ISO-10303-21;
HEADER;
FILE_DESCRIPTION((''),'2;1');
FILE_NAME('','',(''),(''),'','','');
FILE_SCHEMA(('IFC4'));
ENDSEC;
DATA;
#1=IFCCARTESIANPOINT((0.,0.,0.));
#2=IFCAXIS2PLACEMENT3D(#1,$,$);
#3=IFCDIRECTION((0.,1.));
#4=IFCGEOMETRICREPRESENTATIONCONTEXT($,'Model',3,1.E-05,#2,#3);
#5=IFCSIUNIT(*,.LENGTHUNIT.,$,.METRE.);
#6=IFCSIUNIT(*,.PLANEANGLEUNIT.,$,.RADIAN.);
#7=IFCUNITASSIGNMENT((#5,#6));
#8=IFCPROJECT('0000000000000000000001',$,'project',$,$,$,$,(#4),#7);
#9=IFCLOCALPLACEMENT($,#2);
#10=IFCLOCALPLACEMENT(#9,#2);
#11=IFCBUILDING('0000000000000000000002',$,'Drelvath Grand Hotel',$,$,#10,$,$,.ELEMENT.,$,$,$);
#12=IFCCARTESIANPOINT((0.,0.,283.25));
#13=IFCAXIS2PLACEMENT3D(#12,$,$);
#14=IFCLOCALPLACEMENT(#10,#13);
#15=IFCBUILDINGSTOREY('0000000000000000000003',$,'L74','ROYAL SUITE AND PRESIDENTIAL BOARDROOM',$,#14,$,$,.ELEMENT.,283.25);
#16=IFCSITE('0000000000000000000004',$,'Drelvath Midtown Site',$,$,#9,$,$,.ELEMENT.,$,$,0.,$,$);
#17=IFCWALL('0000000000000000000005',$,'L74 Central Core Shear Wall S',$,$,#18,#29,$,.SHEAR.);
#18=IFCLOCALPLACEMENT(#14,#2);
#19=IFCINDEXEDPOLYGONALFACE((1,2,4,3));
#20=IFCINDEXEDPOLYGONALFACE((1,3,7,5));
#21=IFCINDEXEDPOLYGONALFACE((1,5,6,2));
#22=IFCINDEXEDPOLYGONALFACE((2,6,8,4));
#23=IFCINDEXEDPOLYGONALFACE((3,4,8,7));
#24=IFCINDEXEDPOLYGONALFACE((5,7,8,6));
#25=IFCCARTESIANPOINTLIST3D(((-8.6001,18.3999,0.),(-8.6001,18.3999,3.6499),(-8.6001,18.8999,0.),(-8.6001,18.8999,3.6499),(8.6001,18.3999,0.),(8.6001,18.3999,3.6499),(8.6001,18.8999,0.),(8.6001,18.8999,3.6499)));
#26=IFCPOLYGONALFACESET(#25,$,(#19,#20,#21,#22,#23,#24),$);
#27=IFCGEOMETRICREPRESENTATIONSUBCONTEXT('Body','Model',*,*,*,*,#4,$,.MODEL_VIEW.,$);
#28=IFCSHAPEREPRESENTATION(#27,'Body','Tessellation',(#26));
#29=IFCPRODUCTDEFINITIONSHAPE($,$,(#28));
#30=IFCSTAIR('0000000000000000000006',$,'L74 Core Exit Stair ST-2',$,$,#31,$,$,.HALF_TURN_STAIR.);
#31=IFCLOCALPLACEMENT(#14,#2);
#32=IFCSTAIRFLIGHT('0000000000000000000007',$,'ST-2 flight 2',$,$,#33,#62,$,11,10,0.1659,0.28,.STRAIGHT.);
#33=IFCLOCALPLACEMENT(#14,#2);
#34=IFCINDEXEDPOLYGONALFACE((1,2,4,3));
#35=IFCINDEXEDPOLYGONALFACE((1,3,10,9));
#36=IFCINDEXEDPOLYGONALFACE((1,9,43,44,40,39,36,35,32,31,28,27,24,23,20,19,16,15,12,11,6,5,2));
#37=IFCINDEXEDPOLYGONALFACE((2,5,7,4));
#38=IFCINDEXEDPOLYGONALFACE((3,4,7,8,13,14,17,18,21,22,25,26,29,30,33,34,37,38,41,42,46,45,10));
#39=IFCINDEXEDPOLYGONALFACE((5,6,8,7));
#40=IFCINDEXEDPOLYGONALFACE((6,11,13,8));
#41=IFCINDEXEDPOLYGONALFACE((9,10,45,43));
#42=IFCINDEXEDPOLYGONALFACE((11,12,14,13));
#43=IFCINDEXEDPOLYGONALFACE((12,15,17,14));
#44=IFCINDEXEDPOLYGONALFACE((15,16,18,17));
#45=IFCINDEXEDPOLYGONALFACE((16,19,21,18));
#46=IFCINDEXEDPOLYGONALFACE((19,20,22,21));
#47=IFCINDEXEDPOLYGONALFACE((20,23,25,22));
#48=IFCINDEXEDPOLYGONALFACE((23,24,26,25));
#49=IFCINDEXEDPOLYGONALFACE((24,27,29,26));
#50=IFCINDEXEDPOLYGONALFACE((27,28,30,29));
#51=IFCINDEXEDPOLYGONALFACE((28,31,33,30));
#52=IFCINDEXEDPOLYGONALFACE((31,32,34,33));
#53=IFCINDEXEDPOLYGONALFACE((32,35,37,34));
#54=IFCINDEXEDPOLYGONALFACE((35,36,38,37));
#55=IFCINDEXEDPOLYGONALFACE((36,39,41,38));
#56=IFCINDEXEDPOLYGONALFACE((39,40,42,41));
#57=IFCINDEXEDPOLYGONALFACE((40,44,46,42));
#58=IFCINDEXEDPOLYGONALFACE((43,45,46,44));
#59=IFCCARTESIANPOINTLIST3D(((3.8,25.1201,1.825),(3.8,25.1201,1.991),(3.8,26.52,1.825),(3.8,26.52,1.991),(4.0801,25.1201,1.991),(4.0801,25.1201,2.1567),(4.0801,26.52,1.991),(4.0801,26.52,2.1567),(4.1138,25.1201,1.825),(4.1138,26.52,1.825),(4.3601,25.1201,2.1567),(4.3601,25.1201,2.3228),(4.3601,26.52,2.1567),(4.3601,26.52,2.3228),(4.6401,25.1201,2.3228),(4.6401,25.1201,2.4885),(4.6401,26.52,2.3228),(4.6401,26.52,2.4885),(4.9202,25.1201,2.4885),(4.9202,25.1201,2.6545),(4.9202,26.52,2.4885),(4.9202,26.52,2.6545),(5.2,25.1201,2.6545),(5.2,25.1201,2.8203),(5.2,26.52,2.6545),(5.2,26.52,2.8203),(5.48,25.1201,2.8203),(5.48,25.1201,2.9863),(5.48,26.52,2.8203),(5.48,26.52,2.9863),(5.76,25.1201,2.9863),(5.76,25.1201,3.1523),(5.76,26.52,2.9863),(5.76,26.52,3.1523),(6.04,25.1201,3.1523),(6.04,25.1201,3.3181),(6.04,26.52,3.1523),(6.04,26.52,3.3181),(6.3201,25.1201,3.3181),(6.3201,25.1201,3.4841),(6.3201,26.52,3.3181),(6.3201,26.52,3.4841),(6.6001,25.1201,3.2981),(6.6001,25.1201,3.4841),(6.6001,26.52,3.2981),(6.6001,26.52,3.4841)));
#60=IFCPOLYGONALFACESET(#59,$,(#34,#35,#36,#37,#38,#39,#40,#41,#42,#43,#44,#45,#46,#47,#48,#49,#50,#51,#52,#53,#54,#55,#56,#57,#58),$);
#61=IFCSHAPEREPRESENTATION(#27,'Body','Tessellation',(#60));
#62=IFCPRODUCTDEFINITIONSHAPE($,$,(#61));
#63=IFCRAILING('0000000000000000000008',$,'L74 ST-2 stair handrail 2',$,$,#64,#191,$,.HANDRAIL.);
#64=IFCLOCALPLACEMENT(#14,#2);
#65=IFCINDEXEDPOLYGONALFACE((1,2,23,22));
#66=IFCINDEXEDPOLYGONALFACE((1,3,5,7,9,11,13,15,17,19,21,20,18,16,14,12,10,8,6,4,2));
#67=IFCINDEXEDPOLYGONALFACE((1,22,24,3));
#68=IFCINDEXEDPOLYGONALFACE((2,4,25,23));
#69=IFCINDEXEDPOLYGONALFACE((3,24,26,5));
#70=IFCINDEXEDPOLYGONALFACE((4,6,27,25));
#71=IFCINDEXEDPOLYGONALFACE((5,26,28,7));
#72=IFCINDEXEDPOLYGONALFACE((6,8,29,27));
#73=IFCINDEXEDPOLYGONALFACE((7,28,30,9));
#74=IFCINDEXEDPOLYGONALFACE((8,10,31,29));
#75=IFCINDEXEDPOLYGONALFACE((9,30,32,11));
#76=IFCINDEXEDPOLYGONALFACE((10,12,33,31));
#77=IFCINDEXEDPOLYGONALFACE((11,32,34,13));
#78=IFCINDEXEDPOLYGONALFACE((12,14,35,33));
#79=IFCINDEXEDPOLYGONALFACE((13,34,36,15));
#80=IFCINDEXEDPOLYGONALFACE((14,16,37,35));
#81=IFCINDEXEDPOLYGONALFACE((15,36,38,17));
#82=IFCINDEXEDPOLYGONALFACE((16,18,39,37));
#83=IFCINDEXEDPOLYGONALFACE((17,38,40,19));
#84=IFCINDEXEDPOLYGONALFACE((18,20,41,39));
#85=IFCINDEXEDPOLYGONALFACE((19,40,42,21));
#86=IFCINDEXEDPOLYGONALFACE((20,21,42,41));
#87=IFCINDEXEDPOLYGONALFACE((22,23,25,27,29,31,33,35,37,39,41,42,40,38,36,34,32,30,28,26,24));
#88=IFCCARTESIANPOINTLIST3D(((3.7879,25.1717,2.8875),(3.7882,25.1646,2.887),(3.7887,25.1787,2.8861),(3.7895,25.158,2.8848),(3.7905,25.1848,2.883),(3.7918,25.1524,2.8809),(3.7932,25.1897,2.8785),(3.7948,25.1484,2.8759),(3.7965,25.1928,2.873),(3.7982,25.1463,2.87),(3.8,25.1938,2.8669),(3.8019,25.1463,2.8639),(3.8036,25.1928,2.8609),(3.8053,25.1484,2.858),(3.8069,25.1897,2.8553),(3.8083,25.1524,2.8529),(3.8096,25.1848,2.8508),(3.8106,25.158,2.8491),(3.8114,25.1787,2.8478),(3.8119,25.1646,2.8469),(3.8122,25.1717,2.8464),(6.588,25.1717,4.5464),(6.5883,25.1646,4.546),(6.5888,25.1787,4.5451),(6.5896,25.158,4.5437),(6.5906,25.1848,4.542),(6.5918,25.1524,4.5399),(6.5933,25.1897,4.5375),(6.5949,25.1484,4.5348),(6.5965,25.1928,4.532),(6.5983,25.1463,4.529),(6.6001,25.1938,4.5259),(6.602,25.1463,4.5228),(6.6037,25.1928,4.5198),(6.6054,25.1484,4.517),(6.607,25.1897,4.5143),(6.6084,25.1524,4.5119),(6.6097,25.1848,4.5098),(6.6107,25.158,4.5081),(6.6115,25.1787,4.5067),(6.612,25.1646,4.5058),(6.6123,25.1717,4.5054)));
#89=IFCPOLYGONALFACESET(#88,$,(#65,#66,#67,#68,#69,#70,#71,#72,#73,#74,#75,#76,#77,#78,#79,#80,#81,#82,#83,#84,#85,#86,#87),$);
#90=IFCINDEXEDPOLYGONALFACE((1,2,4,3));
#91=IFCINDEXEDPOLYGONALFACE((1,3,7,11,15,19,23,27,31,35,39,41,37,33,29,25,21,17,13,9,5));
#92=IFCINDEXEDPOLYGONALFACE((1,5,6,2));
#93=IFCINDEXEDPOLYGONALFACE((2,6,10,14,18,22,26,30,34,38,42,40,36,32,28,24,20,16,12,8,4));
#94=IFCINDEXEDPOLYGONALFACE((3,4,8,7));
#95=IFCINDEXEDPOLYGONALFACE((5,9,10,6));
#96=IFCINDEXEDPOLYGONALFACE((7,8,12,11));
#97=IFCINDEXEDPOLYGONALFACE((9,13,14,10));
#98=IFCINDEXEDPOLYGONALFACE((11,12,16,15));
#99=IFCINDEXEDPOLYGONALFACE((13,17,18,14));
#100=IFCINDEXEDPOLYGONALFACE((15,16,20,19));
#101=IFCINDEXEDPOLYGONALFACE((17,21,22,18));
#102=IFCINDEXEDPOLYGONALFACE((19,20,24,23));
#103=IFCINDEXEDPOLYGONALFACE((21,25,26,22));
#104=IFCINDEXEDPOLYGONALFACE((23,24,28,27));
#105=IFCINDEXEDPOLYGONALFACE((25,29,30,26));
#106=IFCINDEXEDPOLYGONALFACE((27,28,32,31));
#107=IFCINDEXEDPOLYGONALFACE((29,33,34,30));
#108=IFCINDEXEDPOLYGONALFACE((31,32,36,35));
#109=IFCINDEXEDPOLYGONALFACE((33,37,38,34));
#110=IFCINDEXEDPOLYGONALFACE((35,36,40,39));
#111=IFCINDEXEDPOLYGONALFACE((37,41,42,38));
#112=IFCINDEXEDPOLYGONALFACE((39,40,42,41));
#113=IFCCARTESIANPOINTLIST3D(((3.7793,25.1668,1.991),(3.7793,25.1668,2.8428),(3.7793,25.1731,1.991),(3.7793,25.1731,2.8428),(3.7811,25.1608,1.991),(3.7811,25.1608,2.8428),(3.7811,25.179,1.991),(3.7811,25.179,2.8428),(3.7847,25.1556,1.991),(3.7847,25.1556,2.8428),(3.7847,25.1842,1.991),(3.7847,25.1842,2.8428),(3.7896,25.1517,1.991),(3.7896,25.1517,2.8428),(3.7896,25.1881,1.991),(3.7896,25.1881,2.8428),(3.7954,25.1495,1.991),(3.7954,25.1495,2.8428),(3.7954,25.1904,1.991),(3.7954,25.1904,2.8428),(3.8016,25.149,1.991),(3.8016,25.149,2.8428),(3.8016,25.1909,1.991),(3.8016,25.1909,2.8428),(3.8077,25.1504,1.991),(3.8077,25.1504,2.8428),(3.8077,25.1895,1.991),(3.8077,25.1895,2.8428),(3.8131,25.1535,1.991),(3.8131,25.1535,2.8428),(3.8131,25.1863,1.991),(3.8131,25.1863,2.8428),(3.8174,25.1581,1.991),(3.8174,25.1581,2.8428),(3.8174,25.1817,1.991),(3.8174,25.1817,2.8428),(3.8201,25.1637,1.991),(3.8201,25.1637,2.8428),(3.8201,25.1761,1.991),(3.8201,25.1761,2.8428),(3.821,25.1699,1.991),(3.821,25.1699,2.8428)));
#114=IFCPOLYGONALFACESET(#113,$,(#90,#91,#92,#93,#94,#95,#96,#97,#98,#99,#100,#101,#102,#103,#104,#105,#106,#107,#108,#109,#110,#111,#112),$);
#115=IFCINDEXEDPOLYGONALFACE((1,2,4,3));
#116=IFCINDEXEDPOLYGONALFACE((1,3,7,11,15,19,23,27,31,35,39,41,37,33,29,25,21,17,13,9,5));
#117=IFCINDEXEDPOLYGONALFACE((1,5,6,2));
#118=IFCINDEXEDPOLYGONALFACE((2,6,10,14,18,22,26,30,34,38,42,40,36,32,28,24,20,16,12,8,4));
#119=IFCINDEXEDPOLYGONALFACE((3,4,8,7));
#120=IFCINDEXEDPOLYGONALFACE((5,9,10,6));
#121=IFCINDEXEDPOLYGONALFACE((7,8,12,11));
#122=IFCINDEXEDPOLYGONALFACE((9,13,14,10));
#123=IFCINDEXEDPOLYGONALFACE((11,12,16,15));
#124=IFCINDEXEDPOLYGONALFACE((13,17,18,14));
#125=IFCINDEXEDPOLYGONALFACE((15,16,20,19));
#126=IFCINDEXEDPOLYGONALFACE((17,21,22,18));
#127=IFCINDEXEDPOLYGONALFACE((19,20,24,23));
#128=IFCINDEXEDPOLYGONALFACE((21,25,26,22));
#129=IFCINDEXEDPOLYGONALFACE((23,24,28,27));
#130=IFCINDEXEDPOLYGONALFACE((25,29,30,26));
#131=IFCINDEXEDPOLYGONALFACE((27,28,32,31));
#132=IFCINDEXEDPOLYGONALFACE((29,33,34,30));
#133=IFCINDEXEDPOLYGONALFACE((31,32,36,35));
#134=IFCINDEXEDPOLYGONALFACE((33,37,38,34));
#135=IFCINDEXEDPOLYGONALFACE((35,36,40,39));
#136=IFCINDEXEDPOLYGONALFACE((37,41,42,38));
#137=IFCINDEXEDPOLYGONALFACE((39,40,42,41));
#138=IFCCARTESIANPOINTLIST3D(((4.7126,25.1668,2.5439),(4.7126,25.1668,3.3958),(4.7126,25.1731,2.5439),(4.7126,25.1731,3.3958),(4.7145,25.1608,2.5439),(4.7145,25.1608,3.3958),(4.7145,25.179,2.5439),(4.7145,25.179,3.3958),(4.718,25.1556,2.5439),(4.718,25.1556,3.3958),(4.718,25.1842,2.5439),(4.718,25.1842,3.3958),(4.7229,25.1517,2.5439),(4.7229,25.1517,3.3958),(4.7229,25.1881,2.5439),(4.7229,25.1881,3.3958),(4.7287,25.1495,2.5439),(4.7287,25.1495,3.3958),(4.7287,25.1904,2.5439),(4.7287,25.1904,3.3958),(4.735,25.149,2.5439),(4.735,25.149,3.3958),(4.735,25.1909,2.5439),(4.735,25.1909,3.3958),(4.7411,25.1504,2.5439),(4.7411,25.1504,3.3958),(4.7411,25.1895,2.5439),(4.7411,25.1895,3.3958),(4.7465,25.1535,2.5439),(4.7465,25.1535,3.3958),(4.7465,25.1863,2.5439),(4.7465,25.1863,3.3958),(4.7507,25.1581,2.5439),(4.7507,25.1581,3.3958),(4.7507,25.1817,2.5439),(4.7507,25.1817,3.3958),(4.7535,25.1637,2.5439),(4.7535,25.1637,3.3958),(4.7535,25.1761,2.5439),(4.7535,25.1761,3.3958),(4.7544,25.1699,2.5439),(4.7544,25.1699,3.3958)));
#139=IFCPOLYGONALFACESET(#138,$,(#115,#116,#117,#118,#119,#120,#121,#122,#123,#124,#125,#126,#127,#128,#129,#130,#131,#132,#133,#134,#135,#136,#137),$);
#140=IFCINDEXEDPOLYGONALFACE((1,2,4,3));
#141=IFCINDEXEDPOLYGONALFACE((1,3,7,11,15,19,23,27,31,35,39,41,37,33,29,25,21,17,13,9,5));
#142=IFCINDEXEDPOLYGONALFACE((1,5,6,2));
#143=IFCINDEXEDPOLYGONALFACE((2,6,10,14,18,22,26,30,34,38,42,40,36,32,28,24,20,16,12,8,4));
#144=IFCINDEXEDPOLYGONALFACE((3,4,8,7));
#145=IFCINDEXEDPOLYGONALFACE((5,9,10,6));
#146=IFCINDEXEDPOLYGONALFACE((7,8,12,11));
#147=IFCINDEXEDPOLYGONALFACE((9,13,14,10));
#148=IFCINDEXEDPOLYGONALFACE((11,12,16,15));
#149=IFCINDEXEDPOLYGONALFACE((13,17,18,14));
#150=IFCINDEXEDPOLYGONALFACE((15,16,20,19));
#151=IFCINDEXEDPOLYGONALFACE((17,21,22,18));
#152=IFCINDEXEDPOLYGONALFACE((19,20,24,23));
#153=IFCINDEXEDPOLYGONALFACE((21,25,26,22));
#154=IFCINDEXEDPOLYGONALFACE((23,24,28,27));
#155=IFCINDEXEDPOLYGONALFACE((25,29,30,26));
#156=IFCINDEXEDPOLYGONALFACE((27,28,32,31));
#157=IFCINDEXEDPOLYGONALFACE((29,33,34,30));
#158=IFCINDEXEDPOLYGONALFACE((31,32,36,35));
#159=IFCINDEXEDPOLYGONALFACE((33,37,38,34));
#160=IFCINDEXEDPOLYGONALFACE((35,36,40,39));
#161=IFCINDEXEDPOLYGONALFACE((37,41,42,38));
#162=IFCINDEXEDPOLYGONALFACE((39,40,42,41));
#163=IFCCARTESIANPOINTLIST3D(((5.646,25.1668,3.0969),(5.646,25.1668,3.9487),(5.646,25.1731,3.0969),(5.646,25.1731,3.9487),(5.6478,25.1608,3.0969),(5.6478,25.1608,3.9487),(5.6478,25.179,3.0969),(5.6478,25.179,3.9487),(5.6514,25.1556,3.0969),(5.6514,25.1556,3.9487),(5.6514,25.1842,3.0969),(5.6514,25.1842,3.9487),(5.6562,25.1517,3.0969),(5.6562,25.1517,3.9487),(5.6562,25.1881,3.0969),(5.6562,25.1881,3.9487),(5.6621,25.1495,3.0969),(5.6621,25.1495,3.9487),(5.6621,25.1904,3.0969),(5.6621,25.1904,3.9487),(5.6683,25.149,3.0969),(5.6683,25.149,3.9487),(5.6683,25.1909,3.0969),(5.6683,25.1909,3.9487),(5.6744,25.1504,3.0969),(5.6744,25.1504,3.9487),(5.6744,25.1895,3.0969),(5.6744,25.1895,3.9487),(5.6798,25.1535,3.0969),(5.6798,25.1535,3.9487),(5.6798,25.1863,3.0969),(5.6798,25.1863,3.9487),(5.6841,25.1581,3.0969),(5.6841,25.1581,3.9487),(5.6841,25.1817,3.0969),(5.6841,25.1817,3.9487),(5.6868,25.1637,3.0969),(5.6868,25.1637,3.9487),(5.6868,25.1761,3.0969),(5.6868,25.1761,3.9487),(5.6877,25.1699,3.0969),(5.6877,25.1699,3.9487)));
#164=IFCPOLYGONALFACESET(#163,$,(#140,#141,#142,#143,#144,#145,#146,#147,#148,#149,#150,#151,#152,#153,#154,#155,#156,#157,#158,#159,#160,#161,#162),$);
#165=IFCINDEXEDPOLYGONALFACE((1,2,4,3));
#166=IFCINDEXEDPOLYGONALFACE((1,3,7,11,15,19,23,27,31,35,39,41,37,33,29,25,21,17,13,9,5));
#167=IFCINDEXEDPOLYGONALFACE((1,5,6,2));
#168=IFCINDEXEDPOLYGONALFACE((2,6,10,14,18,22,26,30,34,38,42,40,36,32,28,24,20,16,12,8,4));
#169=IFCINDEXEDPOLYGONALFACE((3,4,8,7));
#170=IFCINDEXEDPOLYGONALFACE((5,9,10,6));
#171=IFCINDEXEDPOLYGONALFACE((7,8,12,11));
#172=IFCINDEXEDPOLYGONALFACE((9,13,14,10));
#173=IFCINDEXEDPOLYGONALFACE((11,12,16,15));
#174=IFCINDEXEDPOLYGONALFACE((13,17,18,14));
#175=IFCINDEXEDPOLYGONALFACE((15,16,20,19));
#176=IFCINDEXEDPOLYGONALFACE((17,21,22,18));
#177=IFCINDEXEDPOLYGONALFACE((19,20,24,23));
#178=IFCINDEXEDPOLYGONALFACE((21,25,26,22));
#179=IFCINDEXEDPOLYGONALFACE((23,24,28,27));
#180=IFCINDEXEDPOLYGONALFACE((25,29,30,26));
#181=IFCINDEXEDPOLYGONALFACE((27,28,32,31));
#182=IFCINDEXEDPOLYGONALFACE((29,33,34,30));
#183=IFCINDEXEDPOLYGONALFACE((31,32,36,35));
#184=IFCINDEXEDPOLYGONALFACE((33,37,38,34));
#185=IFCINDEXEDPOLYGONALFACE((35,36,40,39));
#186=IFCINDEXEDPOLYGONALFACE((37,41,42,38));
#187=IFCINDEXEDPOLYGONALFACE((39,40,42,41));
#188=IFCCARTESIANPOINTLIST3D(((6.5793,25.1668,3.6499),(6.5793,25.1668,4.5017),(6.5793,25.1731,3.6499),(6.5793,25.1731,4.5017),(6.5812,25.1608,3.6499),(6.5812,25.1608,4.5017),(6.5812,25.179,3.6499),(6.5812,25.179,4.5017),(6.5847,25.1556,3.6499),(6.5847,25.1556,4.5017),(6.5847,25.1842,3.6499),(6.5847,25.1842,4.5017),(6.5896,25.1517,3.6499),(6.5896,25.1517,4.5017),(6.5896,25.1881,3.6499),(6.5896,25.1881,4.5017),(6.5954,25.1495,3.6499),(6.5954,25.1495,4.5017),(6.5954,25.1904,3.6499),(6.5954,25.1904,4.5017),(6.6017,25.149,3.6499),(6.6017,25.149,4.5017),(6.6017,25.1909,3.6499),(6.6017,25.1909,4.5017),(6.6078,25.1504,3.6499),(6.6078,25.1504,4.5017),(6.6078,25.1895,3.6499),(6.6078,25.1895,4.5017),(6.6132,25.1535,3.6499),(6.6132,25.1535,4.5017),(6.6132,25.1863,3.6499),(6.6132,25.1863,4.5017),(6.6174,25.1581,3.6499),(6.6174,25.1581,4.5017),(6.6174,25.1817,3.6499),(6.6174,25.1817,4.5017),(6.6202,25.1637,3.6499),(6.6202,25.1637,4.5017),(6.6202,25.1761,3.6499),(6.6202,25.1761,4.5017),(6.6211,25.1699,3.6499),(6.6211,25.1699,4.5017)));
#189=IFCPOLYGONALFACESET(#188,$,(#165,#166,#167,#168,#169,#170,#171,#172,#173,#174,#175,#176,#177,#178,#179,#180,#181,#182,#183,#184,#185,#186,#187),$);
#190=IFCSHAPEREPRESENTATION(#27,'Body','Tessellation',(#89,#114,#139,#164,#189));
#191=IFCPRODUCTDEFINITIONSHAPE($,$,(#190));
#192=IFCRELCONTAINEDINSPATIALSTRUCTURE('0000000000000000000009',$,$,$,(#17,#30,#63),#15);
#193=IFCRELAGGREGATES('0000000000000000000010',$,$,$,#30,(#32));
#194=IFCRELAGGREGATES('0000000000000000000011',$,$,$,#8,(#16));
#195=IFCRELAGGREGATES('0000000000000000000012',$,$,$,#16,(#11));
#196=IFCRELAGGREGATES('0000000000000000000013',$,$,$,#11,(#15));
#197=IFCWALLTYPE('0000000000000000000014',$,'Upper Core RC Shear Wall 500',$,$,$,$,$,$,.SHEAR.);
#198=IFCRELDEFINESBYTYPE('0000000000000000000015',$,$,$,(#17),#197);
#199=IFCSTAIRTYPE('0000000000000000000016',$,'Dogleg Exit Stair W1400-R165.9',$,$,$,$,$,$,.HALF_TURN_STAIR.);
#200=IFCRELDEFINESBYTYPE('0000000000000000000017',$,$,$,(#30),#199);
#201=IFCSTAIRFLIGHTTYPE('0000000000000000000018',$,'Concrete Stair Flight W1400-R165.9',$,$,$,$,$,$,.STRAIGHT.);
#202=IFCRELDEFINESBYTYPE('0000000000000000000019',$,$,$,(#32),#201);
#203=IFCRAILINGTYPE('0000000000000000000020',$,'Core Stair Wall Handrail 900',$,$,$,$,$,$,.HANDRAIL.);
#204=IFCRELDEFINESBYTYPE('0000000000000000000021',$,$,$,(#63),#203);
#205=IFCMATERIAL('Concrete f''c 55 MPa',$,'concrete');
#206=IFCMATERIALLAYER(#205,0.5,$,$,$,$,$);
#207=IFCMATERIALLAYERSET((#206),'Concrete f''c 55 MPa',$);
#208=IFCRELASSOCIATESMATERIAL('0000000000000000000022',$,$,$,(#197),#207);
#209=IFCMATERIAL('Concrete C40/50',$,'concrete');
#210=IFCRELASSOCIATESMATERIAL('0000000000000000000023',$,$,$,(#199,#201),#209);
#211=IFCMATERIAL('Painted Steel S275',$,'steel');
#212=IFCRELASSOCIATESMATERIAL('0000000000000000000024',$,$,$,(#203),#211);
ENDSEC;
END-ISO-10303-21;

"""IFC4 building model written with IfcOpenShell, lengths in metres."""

from ifc_helpers import new_model, si_unit, direction, frame, frame_2d, origin, origin_2d, place, context, subcontext, project, spatial, polyline, rectangle, circle, outline, extrude, material, layer, layer_set, type_object, element, aggregate, save


model = new_model("IFC4")

# Units and contexts
model_context = context("Model", 3, precision=1e-05, world=origin(), true_north=direction((0.0, 1.0)))
body_context = subcontext(model_context, "Body", "Model", "MODEL_VIEW")
ifc_project = project(units=[si_unit("LENGTHUNIT", "METRE"), si_unit("PLANEANGLEUNIT", "RADIAN")], contexts=[model_context])

# Site, building, storey
site_placement = place(None, origin())
site = spatial("IfcSite", under=ifc_project, at=site_placement, Name="Drelvath Midtown Site", CompositionType="ELEMENT", RefElevation=0.0)
building_placement = place(site_placement, origin())
building = spatial("IfcBuilding", under=site, at=building_placement, Name="Drelvath Grand Hotel", CompositionType="ELEMENT")
storey_placement = place(building_placement, frame((0.0, 0.0, 283.25)))
storey = spatial("IfcBuildingStorey", under=building, at=storey_placement, Name="L74", Description="ROYAL SUITE AND PRESIDENTIAL BOARDROOM", CompositionType="ELEMENT", Elevation=283.25)

# Shared definitions
ifc_material_1 = material(Name="Concrete f'c 55 MPa", Category="concrete")

# Shared definitions
ifc_material_2 = material(Name="Concrete C40/50", Category="concrete")

# Wall
ifc_layer_1 = layer(ifc_material_1, 0.5)
ifc_layer_set_1 = layer_set([ifc_layer_1], Name="Concrete f'c 55 MPa")
wall_type_1 = type_object("IfcWallType", Name="Upper Core RC Shear Wall 500", PredefinedType="SHEAR", material=ifc_layer_set_1)
wall_1_placement = place(storey_placement, frame((8.6001, 18.6499, 0.0), z_axis=(0.0, 0.0, 1.0), x_axis=(-1.0, 0.0, 0.0)))
element("IfcWall", 1, at=wall_1_placement, inside=storey, type_object=wall_type_1, Name="L74 Central Core Shear Wall S", PredefinedType="SHEAR", context=body_context, shape_type="SweptSolid", body=[
    extrude(rectangle(XDim=17.2002, YDim=0.5, at=frame_2d((8.6001, 0.0))), origin(), (0.0, 0.0, 1.0), 3.6499),
])

# Stair, stair flight
stair_type = type_object("IfcStairType", Name="Dogleg Exit Stair W1400-R165.9", PredefinedType="HALF_TURN_STAIR", material=ifc_material_2)
stair_placement = place(storey_placement, origin())
stair = element("IfcStair", 2, at=stair_placement, inside=storey, type_object=stair_type, Name="L74 Core Exit Stair ST-2", PredefinedType="HALF_TURN_STAIR")
stair_flight_type = type_object("IfcStairFlightType", Name="Concrete Stair Flight W1400-R165.9", PredefinedType="STRAIGHT", material=ifc_material_2)
stair_flight_placement = place(storey_placement, frame((3.8, 25.8201, 1.825), z_axis=(0.0, 0.0, 1.0), x_axis=(1.0, 0.0, 0.0)))
stair_flight = element("IfcStairFlight", 3, at=stair_flight_placement, type_object=stair_flight_type, Name="ST-2 flight 2", NumberOfRisers=11, NumberOfTreads=10, PredefinedType="STRAIGHT", RiserHeight=0.1659, TreadLength=0.28, context=body_context, shape_type="SweptSolid", body=[
    extrude(outline(polyline([(0.0, 0.0), (0.0, 0.166), (0.28, 0.166), (0.28, 0.3318), (0.5601, 0.3318), (0.5601, 0.4978), (0.8401, 0.4978), (0.8401, 0.6636), (1.1201, 0.6636), (1.1201, 0.8296), (1.3999, 0.8296), (1.3999, 0.9954), (1.6799, 0.9954), (1.6799, 1.1614), (1.96, 1.1614), (1.96, 1.3274), (2.24, 1.3274), (2.24, 1.4932), (2.52, 1.4932), (2.52, 1.6592), (2.8, 1.6592), (2.8, 1.825), (2.8, 1.4731), (0.3137, 0.0), (0.0, 0.0)])), frame((0.0, 0.7, 0.0), z_axis=(0.0, -1.0, 0.0), x_axis=(1.0, 0.0, 0.0)), (0.0, 0.0, 1.0), 1.3999),
])
aggregate(stair, [stair_flight])

# Railing
ifc_material_3 = material(Name="Painted Steel S275", Category="steel")
railing_type_1 = type_object("IfcRailingType", Name="Core Stair Wall Handrail 900", PredefinedType="HANDRAIL", material=ifc_material_3)
railing_1_placement = place(storey_placement, frame((3.8, 25.1699, 1.991)))
element("IfcRailing", 4, at=railing_1_placement, inside=storey, type_object=railing_type_1, Name="L74 ST-2 stair handrail 2", PredefinedType="HANDRAIL", context=body_context, shape_type="SweptSolid", body=[
    extrude(circle(Radius=0.0239, at=origin_2d()), frame((0.0, 0.0, 0.876), z_axis=(0.860339, 0.0, 0.509722), x_axis=(0.0, 1.0, 0.0)), (0.0, 0.0, 1.0), 3.2546),
    extrude(circle(Radius=0.021, at=origin_2d()), origin(), (0.0, 0.0, 1.0), 0.8518),
    extrude(circle(Radius=0.021, at=origin_2d()), frame((0.9333, 0.0, 0.553)), (0.0, 0.0, 1.0), 0.8518),
    extrude(circle(Radius=0.021, at=origin_2d()), frame((1.8667, 0.0, 1.106)), (0.0, 0.0, 1.0), 0.8518),
    extrude(circle(Radius=0.021, at=origin_2d()), frame((2.8, 0.0, 1.6589)), (0.0, 0.0, 1.0), 0.8518),
])

save(model, "model.ifc")
